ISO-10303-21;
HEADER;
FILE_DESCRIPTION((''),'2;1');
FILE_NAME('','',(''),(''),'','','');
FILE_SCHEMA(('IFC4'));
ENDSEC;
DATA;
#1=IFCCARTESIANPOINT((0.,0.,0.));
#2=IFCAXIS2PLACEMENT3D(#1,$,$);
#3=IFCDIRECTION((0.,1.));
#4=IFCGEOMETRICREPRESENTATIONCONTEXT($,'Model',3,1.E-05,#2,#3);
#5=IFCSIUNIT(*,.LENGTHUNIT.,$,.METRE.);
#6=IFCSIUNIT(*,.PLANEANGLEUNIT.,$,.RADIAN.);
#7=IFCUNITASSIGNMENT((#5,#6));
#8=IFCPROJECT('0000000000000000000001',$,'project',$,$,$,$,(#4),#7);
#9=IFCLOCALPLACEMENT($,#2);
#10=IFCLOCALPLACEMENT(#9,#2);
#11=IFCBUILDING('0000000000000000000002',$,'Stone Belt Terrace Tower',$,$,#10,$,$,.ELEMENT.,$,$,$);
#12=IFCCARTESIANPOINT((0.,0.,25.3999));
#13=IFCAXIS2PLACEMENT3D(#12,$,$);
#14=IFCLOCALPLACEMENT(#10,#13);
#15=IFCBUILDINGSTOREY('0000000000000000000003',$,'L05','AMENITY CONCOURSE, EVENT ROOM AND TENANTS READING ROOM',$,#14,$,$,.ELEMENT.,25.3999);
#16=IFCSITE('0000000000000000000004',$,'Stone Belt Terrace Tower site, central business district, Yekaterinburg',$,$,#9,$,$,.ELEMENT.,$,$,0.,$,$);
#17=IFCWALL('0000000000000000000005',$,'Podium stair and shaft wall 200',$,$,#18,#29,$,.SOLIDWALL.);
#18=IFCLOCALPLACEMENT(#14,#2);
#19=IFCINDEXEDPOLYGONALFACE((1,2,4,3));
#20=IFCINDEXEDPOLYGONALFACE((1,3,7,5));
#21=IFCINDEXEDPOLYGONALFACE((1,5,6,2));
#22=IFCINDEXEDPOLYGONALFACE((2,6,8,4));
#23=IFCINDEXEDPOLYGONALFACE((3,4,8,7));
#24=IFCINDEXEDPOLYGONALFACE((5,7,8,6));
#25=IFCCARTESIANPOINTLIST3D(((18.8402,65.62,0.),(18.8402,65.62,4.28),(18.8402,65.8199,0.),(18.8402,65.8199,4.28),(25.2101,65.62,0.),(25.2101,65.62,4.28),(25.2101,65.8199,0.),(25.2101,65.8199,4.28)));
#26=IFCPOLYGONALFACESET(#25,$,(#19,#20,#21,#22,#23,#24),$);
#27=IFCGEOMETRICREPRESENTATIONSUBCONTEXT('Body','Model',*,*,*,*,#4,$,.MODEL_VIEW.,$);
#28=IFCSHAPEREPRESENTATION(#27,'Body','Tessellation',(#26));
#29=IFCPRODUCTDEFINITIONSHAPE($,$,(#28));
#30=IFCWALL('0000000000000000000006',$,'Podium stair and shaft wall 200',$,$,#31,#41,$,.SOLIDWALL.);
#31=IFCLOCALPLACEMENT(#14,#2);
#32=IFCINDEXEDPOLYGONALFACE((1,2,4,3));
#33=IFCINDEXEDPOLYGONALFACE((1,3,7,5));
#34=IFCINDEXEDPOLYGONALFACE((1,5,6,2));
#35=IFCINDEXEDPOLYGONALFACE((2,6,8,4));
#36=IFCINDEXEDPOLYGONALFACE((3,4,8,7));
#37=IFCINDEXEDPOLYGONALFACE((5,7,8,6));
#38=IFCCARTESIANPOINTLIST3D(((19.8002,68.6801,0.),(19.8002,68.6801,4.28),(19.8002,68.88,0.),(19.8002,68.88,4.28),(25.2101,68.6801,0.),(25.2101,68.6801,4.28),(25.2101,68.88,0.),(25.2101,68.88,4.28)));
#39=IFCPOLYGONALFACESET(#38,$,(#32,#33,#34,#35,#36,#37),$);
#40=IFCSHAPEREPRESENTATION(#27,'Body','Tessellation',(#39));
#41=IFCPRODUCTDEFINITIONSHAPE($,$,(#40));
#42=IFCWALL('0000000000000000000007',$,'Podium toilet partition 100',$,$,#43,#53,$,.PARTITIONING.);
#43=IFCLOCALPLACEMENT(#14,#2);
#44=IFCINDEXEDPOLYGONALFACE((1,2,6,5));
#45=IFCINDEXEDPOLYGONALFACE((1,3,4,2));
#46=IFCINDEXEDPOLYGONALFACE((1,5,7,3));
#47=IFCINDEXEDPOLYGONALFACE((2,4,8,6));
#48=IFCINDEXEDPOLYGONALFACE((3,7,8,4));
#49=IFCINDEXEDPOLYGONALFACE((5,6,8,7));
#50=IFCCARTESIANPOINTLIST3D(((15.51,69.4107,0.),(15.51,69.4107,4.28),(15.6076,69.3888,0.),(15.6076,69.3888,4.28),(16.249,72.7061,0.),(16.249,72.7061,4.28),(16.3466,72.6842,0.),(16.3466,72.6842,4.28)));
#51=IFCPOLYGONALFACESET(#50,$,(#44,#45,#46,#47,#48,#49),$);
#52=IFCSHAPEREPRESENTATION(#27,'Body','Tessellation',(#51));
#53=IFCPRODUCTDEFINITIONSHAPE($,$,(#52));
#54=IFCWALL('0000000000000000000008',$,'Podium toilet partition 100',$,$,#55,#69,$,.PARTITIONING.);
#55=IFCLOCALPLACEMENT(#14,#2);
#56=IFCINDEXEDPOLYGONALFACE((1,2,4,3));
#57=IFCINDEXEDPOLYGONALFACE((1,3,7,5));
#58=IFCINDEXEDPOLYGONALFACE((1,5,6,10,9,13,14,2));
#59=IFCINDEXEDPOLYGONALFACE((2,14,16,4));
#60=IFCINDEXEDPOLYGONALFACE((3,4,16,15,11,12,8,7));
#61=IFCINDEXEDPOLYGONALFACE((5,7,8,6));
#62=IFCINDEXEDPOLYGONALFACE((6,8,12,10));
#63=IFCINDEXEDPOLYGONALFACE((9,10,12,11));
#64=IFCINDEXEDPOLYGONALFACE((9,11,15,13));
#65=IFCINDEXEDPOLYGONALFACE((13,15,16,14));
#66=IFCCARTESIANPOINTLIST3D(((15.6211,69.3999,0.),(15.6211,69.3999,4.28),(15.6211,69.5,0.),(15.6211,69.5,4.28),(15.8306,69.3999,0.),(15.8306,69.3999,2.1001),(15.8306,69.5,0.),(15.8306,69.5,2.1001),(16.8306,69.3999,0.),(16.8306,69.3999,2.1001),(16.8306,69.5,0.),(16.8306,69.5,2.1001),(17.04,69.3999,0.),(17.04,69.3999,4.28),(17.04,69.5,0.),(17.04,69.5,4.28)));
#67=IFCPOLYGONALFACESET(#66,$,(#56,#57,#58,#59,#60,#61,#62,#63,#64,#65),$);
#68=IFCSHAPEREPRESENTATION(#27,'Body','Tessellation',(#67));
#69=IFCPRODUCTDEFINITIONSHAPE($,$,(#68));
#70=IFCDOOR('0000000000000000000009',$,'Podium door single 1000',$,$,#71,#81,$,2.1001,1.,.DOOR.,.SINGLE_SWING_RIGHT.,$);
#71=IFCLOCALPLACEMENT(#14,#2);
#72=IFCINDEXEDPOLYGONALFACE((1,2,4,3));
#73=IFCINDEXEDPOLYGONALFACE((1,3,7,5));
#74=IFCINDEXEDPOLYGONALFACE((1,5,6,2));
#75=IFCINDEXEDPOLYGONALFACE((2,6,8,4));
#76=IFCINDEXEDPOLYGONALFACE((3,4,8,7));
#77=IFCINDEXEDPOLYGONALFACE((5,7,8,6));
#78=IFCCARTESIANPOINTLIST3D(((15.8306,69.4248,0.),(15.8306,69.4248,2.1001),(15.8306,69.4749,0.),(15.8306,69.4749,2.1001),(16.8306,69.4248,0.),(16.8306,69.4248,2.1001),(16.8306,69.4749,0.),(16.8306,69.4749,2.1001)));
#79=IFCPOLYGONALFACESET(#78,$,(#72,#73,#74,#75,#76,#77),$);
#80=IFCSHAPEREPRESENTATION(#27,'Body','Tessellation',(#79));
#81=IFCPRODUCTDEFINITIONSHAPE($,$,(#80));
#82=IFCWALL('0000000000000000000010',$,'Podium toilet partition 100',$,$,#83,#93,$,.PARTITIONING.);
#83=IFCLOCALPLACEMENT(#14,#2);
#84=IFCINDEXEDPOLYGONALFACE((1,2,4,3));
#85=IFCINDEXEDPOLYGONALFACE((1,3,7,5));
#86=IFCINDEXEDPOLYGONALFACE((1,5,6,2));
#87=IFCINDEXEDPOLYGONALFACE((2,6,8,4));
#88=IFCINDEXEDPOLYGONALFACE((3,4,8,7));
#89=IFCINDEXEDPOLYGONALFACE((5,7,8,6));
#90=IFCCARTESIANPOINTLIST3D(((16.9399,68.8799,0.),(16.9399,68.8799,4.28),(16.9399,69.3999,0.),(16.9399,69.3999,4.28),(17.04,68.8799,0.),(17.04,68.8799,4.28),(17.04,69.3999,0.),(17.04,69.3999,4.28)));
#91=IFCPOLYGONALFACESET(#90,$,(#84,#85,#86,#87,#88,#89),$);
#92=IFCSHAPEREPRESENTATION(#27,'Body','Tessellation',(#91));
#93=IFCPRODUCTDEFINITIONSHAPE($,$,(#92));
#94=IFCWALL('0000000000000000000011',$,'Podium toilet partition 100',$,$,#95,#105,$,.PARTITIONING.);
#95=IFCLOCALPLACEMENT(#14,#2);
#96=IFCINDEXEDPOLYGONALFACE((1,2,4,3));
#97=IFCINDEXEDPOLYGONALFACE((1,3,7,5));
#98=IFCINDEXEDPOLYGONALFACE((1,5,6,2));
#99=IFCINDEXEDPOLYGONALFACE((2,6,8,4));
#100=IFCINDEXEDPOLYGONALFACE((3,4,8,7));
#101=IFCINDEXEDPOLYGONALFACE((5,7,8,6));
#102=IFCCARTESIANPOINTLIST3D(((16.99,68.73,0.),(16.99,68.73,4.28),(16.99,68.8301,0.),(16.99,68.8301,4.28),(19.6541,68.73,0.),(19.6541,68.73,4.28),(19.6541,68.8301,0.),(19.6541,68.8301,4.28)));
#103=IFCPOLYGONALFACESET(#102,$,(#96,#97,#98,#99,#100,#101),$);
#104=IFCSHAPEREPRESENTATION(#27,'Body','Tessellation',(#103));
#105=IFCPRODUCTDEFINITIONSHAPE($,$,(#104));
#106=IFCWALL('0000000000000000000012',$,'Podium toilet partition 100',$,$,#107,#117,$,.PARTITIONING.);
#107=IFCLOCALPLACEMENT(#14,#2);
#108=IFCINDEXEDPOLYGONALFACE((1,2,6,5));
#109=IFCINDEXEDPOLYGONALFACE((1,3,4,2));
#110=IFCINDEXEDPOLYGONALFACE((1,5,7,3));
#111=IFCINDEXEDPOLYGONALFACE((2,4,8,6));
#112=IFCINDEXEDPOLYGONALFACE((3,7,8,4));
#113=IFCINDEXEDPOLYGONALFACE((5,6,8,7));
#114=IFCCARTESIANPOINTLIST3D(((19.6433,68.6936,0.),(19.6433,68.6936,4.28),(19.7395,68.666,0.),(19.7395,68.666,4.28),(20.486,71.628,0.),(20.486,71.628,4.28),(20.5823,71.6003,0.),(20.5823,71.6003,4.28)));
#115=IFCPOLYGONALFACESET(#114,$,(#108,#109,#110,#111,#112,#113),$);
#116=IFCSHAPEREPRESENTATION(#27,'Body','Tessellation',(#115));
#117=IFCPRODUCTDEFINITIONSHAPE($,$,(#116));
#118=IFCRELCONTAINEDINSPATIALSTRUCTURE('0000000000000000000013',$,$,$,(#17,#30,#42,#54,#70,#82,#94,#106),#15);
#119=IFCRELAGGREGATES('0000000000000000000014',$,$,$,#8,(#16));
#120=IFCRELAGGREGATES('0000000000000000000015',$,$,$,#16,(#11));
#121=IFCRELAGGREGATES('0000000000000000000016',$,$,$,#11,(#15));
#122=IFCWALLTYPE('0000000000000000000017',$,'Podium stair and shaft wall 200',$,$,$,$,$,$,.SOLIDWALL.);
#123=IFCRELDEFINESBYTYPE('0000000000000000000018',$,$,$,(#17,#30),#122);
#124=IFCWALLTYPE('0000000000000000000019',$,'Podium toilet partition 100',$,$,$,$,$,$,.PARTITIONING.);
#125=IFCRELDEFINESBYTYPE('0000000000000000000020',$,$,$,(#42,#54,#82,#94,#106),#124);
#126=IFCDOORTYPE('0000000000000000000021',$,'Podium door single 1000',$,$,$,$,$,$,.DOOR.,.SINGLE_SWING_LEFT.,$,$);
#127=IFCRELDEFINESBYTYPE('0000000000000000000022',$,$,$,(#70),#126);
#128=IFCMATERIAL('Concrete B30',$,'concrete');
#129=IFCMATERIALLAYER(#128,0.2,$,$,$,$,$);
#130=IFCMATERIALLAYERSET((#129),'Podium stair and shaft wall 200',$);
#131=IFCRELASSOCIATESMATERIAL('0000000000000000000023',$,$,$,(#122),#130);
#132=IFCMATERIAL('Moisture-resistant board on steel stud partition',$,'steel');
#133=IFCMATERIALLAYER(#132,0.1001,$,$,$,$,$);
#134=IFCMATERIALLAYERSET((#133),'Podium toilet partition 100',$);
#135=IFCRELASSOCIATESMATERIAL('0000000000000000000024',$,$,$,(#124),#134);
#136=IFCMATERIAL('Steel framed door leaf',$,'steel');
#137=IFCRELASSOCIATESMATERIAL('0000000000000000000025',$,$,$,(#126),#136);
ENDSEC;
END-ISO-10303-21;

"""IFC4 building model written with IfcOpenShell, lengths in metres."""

from ifc_helpers import new_model, si_unit, direction, frame, frame_2d, origin, place, context, subcontext, project, spatial, rectangle, extrude, material, layer, layer_set, type_object, element, fill, save


model = new_model("IFC4")

# Units and contexts
model_context = context("Model", 3, precision=1e-05, world=origin(), true_north=direction((0.0, 1.0)))
body_context = subcontext(model_context, "Body", "Model", "MODEL_VIEW")
ifc_project = project(units=[si_unit("LENGTHUNIT", "METRE"), si_unit("PLANEANGLEUNIT", "RADIAN")], contexts=[model_context])

# Site, building, storey
site_placement = place(None, origin())
site = spatial("IfcSite", under=ifc_project, at=site_placement, Name="Stone Belt Terrace Tower site, central business district, Yekaterinburg", CompositionType="ELEMENT", RefElevation=0.0)
building_placement = place(site_placement, origin())
building = spatial("IfcBuilding", under=site, at=building_placement, Name="Stone Belt Terrace Tower", CompositionType="ELEMENT")
storey_placement = place(building_placement, frame((0.0, 0.0, 25.3999)))
storey = spatial("IfcBuildingStorey", under=building, at=storey_placement, Name="L05", Description="AMENITY CONCOURSE, EVENT ROOM AND TENANTS READING ROOM", CompositionType="ELEMENT", Elevation=25.3999)

# Shared definitions
ifc_material_1 = material(Name="Concrete B30", Category="concrete")
ifc_layer_1 = layer(ifc_material_1, 0.2)
ifc_layer_set_1 = layer_set([ifc_layer_1], Name="Podium stair and shaft wall 200")
wall_type_1 = type_object("IfcWallType", Name="Podium stair and shaft wall 200", PredefinedType="SOLIDWALL", material=ifc_layer_set_1)
ifc_material_2 = material(Name="Steel framed door leaf", Category="steel")

# Walls
wall_1_placement = place(storey_placement, frame((18.8401, 65.72, 0.0), z_axis=(0.0, 0.0, 1.0), x_axis=(1.0, 0.0, 0.0)))
element("IfcWall", 1, at=wall_1_placement, inside=storey, type_object=wall_type_1, Name="Podium stair and shaft wall 200", PredefinedType="SOLIDWALL", context=body_context, shape_type="SweptSolid", body=[
    extrude(rectangle(XDim=6.3699, YDim=0.2, at=frame_2d((3.1851, 0.0))), origin(), (0.0, 0.0, 1.0), 4.28),
])
wall_2_placement = place(storey_placement, frame((19.8, 68.78, 0.0), z_axis=(0.0, 0.0, 1.0), x_axis=(1.0, 0.0, 0.0)))
element("IfcWall", 2, at=wall_2_placement, inside=storey, type_object=wall_type_1, Name="Podium stair and shaft wall 200", PredefinedType="SOLIDWALL", context=body_context, shape_type="SweptSolid", body=[
    extrude(rectangle(XDim=5.4099, YDim=0.2, at=frame_2d((2.7051, 0.0))), origin(), (0.0, 0.0, 1.0), 4.28),
])
ifc_material_3 = material(Name="Moisture-resistant board on steel stud partition", Category="steel")
ifc_layer_2 = layer(ifc_material_3, 0.1001)
ifc_layer_set_2 = layer_set([ifc_layer_2], Name="Podium toilet partition 100")
wall_type_2 = type_object("IfcWallType", Name="Podium toilet partition 100", PredefinedType="PARTITIONING", material=ifc_layer_set_2)
wall_3_placement = place(storey_placement, frame((15.5588, 69.3999, 0.0), z_axis=(0.0, 0.0, 1.0), x_axis=(0.218821, 0.975765, 0.0)))
element("IfcWall", 3, at=wall_3_placement, inside=storey, type_object=wall_type_2, Name="Podium toilet partition 100", PredefinedType="PARTITIONING", context=body_context, shape_type="SweptSolid", body=[
    extrude(rectangle(XDim=3.3772, YDim=0.1001, at=frame_2d((1.6885, 0.0))), origin(), (0.0, 0.0, 1.0), 4.28),
])

# Wall, opening, door
wall_4_placement = place(storey_placement, frame((15.6211, 69.45, 0.0), z_axis=(0.0, 0.0, 1.0), x_axis=(1.0, 0.0, 0.0)))
wall_4 = element("IfcWall", 4, at=wall_4_placement, inside=storey, type_object=wall_type_2, Name="Podium toilet partition 100", PredefinedType="PARTITIONING", context=body_context, shape_type="SweptSolid", body=[
    extrude(rectangle(XDim=1.4189, YDim=0.1001, at=frame_2d((0.7095, 0.0))), origin(), (0.0, 0.0, 1.0), 4.28),
])
opening_1_placement = place(wall_4_placement, frame((0.2095, 0.0, 0.0)))
opening_1 = element("IfcOpeningElement", 5, at=opening_1_placement, cuts=wall_4, PredefinedType="OPENING", context=body_context, shape_type="SweptSolid", body=[
    extrude(rectangle(XDim=1.0, YDim=2.1001, at=frame_2d((0.5, 1.05))), frame((0.0, 0.0601, 0.0), z_axis=(0.0, -1.0, 0.0), x_axis=(1.0, 0.0, 0.0)), (0.0, 0.0, 1.0), 0.1201),
])
door_type_1 = type_object("IfcDoorType", Name="Podium door single 1000", OperationType="SINGLE_SWING_LEFT", PredefinedType="DOOR", material=ifc_material_2)
door_1_placement = place(opening_1_placement, origin())
door_1 = element("IfcDoor", 6, at=door_1_placement, inside=storey, type_object=door_type_1, Name="Podium door single 1000", OperationType="SINGLE_SWING_RIGHT", OverallHeight=2.1001, OverallWidth=1.0, PredefinedType="DOOR", context=body_context, shape_type="SweptSolid", body=[
    extrude(rectangle(XDim=1.0, YDim=2.1001, at=frame_2d((0.5, 1.05))), frame((0.0, 0.0249, 0.0), z_axis=(0.0, -1.0, 0.0), x_axis=(1.0, 0.0, 0.0)), (0.0, 0.0, 1.0), 0.05),
])
fill(opening_1, door_1)

# Walls
wall_5_placement = place(storey_placement, frame((16.99, 68.8799, 0.0), z_axis=(0.0, 0.0, 1.0), x_axis=(0.0, 1.0, 0.0)))
element("IfcWall", 7, at=wall_5_placement, inside=storey, type_object=wall_type_2, Name="Podium toilet partition 100", PredefinedType="PARTITIONING", context=body_context, shape_type="SweptSolid", body=[
    extrude(rectangle(XDim=0.52, YDim=0.1001, at=frame_2d((0.26, 0.0))), origin(), (0.0, 0.0, 1.0), 4.28),
])
wall_6_placement = place(storey_placement, frame((16.99, 68.78, 0.0), z_axis=(0.0, 0.0, 1.0), x_axis=(1.0, 0.0, 0.0)))
element("IfcWall", 8, at=wall_6_placement, inside=storey, type_object=wall_type_2, Name="Podium toilet partition 100", PredefinedType="PARTITIONING", context=body_context, shape_type="SweptSolid", body=[
    extrude(rectangle(XDim=2.6641, YDim=0.1001, at=frame_2d((1.332, 0.0))), origin(), (0.0, 0.0, 1.0), 4.28),
])
wall_7_placement = place(storey_placement, frame((19.6914, 68.6799, 0.0), z_axis=(0.0, 0.0, 1.0), x_axis=(0.276052, 0.961143, 0.0)))
element("IfcWall", 9, at=wall_7_placement, inside=storey, type_object=wall_type_2, Name="Podium toilet partition 100", PredefinedType="PARTITIONING", context=body_context, shape_type="SweptSolid", body=[
    extrude(rectangle(XDim=3.053, YDim=0.1001, at=frame_2d((1.5264, 0.0))), origin(), (0.0, 0.0, 1.0), 4.28),
])

save(model, "model.ifc")
